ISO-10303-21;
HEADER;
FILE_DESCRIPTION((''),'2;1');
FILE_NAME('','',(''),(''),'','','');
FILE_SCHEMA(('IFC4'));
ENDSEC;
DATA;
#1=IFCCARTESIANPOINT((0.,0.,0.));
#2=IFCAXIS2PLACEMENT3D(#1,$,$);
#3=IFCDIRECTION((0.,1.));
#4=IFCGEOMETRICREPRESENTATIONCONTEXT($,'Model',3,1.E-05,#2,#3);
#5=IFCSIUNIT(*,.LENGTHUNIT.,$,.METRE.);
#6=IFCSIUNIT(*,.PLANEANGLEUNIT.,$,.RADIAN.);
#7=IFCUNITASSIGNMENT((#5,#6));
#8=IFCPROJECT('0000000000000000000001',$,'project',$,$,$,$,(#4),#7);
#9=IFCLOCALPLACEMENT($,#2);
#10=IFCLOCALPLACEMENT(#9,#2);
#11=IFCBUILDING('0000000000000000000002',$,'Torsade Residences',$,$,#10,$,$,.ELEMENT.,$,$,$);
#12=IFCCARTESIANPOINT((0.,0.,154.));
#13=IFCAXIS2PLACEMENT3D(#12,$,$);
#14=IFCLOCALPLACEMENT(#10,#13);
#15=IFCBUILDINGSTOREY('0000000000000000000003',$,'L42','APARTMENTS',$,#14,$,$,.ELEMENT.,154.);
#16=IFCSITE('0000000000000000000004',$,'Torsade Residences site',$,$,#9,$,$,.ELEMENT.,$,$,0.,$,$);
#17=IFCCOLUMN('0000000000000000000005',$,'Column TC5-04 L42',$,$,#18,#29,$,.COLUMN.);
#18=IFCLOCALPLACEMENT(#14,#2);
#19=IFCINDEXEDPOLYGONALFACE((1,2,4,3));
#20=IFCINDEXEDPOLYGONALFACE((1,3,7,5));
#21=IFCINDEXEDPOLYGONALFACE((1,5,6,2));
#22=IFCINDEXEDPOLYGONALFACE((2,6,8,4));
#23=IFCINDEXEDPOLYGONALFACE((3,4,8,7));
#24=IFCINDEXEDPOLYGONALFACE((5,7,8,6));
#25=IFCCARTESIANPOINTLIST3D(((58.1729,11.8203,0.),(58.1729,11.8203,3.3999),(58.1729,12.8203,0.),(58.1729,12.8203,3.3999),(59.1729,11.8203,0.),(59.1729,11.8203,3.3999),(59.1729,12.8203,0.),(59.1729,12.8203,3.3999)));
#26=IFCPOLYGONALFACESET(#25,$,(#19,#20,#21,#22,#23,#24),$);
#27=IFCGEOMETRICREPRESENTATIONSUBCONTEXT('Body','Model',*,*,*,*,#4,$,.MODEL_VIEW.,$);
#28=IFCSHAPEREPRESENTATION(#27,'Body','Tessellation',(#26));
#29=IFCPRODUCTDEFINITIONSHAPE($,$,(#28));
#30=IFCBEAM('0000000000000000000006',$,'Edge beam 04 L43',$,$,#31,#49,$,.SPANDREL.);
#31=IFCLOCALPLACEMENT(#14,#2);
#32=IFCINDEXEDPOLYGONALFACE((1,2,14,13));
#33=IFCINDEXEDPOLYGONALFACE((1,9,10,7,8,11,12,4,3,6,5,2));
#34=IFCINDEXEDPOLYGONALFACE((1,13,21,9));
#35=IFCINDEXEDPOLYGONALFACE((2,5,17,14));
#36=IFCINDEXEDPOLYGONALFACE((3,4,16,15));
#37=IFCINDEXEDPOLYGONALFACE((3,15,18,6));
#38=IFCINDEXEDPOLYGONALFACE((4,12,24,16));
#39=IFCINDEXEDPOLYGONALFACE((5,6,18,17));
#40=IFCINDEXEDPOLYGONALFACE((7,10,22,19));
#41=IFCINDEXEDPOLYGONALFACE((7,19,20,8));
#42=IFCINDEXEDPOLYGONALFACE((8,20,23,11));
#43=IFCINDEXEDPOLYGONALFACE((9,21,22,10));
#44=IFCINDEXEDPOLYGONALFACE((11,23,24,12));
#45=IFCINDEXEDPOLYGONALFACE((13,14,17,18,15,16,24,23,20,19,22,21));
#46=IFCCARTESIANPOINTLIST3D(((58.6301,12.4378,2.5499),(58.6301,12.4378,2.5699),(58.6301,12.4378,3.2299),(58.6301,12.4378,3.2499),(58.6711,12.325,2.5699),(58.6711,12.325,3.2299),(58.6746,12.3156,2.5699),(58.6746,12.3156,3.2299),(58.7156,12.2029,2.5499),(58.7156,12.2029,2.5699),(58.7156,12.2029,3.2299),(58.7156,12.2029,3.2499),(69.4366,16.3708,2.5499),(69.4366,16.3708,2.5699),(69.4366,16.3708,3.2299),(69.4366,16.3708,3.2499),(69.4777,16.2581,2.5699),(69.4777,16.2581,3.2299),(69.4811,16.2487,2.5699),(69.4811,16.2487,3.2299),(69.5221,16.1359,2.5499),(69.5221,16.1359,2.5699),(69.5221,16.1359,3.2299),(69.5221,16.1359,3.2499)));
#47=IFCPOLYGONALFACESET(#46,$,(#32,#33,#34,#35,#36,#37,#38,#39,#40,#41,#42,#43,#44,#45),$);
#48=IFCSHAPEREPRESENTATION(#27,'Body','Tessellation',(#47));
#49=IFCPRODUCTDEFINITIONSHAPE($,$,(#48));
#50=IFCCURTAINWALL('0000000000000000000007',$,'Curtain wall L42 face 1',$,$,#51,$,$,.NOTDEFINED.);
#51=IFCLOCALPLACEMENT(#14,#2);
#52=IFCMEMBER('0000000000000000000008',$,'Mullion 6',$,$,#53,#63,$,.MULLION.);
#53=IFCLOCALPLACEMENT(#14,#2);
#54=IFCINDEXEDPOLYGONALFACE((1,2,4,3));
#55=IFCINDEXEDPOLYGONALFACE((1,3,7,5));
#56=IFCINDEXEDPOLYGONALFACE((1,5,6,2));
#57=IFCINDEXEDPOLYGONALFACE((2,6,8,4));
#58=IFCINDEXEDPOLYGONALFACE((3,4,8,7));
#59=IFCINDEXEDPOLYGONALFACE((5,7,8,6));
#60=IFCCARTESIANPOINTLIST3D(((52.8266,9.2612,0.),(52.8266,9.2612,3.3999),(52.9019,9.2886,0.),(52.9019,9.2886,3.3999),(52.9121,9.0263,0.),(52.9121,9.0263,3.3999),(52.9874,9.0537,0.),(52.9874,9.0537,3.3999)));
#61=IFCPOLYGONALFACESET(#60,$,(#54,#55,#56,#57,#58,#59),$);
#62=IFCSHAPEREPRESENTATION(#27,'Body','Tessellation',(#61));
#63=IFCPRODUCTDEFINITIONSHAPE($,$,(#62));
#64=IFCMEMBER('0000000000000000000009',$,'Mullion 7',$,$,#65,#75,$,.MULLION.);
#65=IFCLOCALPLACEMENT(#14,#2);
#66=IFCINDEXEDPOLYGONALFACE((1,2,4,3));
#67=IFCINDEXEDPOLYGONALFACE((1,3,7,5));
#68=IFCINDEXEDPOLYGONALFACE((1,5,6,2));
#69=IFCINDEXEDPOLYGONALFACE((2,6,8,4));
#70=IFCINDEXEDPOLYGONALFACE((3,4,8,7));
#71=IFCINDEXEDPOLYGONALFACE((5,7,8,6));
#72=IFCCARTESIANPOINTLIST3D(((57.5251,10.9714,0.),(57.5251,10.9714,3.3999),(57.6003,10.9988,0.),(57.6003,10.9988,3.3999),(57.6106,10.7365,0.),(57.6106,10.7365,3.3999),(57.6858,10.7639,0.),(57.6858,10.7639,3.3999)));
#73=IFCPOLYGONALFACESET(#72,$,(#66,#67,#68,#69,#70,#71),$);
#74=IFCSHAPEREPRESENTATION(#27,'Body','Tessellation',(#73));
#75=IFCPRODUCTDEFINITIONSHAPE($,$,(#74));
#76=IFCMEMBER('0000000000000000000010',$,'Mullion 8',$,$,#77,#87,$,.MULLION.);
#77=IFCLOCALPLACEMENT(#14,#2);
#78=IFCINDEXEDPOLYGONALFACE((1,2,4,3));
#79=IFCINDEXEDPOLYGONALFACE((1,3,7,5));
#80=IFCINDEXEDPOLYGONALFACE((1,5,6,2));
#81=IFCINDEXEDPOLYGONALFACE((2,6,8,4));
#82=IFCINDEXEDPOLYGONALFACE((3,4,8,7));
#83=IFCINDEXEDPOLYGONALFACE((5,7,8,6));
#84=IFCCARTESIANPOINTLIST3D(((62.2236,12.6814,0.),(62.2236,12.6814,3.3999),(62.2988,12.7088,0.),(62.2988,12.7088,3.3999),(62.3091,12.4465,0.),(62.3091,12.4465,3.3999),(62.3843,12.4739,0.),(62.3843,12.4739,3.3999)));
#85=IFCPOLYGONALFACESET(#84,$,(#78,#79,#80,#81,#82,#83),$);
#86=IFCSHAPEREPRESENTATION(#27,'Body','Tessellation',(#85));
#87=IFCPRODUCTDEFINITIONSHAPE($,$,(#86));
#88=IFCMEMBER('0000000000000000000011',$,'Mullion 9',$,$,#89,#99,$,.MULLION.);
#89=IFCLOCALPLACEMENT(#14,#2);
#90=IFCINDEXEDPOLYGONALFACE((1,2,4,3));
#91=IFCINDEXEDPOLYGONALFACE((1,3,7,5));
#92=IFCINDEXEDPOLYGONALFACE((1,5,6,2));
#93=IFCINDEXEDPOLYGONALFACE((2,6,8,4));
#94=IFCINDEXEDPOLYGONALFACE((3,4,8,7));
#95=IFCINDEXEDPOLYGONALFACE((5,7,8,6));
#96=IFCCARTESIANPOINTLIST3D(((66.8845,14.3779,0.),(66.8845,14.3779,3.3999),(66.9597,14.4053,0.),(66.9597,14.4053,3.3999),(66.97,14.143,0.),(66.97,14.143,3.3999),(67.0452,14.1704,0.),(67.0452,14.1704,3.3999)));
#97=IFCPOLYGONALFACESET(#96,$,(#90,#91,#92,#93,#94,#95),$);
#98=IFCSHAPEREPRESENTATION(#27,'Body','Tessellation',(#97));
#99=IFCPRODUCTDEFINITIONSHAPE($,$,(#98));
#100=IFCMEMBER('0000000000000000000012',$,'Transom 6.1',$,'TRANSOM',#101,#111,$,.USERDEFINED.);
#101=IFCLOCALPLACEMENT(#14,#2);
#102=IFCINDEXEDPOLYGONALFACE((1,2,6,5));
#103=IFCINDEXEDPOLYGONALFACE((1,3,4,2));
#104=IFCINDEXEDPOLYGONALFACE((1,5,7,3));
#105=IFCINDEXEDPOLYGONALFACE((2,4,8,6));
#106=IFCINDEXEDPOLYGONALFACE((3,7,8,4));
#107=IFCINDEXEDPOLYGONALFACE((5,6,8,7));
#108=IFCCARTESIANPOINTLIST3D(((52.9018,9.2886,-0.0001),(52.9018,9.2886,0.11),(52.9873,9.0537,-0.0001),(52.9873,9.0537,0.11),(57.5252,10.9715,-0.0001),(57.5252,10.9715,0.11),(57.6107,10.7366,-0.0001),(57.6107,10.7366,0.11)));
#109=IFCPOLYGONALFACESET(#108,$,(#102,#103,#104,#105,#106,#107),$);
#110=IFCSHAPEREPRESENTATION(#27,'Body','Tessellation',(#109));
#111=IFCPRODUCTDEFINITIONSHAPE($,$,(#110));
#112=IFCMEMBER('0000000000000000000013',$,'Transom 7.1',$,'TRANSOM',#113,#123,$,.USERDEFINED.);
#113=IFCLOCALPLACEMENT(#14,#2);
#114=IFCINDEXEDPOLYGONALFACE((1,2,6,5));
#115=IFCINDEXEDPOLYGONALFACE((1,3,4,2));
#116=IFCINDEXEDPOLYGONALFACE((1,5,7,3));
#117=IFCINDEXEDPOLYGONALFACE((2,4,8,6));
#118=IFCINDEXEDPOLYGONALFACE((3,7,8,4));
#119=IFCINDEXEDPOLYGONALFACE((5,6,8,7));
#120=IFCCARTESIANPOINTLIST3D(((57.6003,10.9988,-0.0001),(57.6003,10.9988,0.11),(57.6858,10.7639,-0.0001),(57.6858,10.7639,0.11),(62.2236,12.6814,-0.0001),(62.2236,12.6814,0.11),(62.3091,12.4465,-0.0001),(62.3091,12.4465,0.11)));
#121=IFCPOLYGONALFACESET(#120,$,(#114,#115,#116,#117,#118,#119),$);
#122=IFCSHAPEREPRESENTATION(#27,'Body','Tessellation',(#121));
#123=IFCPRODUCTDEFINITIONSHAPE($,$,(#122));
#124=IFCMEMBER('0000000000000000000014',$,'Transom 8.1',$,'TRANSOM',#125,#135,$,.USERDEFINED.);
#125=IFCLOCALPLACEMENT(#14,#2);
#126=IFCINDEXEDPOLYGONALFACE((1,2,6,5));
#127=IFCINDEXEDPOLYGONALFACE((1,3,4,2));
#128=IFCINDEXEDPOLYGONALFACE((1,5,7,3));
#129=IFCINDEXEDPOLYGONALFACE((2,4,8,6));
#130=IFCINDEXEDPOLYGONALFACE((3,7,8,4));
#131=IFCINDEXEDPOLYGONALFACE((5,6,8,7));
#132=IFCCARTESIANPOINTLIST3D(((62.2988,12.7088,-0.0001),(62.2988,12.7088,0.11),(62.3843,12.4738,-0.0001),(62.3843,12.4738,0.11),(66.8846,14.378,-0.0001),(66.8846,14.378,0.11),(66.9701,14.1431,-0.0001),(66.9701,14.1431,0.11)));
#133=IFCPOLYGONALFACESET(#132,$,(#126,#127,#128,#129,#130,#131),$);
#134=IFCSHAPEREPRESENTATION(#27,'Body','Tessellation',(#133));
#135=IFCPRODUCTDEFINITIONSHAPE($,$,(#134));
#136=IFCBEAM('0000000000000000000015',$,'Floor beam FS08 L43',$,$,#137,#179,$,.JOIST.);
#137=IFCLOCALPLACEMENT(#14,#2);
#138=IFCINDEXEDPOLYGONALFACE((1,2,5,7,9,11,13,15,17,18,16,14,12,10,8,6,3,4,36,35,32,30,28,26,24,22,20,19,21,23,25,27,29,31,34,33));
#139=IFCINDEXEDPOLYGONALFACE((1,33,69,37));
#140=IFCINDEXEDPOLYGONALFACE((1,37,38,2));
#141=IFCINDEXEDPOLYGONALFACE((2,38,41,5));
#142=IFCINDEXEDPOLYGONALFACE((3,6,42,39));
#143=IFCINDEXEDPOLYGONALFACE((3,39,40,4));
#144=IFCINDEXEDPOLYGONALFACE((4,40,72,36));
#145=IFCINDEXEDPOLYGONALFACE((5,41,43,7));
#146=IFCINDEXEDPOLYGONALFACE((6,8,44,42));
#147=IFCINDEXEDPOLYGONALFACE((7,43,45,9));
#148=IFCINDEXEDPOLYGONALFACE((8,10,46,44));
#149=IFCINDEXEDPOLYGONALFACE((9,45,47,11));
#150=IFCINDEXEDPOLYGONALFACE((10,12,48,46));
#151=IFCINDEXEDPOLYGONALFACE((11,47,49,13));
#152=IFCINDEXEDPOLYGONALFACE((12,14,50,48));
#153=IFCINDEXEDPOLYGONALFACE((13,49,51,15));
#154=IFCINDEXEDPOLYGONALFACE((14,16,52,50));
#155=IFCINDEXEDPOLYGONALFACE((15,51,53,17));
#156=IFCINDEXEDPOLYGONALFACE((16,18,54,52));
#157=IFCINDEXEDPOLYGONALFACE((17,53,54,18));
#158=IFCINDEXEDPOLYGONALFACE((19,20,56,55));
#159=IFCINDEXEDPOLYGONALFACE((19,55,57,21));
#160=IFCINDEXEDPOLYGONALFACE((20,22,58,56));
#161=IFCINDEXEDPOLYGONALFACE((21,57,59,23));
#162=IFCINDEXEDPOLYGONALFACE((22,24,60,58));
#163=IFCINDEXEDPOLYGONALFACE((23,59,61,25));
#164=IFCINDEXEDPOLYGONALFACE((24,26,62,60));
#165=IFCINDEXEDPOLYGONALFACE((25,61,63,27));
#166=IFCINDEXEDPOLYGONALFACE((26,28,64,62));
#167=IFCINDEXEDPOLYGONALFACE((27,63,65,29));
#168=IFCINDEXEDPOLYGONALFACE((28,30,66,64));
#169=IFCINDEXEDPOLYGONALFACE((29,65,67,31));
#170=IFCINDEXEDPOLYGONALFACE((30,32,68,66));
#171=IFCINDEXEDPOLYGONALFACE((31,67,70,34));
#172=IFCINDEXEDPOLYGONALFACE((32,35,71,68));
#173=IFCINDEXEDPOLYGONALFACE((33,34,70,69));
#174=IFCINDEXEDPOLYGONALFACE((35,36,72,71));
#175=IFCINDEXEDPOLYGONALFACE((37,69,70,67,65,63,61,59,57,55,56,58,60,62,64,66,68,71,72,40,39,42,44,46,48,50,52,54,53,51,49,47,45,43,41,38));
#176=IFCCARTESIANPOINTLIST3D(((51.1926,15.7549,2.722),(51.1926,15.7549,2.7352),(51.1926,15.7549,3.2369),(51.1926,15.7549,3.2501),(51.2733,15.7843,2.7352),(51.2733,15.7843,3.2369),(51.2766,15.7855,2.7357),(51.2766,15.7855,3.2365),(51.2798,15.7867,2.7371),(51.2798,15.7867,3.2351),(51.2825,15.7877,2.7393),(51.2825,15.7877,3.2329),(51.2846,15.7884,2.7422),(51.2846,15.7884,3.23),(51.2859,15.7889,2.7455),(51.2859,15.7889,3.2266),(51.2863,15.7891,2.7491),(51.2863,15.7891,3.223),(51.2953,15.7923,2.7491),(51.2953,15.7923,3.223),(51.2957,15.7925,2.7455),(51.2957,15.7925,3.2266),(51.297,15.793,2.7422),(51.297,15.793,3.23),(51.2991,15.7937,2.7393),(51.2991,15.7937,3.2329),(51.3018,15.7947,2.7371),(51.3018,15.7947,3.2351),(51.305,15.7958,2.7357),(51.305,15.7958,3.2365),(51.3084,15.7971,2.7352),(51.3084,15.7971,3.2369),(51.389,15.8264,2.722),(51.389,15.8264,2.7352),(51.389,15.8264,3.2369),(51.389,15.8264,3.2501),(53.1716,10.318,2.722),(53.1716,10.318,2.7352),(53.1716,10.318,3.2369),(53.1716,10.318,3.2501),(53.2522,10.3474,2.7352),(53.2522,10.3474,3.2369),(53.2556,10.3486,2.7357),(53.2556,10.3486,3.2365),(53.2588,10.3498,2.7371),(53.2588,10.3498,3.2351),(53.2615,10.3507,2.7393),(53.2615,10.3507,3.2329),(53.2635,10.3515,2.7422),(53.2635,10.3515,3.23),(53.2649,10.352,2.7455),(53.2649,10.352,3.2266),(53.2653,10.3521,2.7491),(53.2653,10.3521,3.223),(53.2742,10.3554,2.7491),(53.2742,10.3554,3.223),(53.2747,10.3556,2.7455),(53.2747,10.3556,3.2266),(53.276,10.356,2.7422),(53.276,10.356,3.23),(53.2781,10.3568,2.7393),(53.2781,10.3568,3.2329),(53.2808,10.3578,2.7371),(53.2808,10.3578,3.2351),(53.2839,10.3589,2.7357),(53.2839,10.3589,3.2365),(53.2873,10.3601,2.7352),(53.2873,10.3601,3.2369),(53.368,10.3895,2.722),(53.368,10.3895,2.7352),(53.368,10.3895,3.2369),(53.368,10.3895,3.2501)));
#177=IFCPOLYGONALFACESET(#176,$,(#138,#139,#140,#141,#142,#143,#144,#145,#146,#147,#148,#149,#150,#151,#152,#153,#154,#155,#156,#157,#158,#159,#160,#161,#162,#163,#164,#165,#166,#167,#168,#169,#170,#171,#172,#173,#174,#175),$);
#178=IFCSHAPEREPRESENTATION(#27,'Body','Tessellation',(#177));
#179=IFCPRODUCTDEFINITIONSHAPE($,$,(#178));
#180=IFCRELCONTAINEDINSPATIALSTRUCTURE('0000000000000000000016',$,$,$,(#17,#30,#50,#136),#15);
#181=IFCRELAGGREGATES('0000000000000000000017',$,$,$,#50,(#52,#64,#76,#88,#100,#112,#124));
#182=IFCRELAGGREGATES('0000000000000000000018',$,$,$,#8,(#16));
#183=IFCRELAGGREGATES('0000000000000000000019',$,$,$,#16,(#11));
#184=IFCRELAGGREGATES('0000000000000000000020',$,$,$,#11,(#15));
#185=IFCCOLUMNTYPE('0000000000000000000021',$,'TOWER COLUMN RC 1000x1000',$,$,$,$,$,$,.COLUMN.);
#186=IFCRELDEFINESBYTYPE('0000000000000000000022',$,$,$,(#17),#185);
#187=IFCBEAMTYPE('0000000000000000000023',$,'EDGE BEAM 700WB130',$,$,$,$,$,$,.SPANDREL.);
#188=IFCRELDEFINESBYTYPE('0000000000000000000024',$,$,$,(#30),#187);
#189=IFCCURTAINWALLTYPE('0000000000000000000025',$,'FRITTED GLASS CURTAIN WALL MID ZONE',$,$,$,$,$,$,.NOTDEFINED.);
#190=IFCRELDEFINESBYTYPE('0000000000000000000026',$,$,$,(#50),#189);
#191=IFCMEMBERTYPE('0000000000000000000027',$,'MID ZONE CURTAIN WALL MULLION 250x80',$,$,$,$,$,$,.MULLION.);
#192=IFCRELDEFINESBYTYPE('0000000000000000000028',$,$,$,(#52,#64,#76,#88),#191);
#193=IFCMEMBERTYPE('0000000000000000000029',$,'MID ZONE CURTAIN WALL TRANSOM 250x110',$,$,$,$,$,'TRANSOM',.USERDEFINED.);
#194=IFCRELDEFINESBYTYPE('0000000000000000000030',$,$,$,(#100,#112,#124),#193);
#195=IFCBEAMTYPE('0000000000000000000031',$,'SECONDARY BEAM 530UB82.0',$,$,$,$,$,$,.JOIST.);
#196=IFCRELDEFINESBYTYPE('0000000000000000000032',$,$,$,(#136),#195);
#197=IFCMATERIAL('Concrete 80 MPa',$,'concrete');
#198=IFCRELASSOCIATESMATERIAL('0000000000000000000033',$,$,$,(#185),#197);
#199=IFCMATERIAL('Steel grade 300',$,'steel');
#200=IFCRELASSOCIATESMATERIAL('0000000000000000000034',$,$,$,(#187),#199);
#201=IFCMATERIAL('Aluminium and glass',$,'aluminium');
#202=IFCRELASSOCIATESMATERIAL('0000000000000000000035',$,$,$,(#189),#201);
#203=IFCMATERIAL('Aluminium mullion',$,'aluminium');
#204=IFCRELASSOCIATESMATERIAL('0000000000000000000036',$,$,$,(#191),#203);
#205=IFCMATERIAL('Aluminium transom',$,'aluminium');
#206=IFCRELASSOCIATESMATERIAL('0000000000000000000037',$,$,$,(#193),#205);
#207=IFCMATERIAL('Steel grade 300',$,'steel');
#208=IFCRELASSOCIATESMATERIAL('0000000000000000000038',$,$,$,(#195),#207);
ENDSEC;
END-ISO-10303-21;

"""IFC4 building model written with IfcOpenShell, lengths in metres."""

from ifc_helpers import new_model, si_unit, direction, frame, origin, origin_2d, place, context, subcontext, project, spatial, rectangle, i_section, extrude, material, material_profile, profile_set, type_object, element, aggregate, save


model = new_model("IFC4")

# Units and contexts
model_context = context("Model", 3, precision=1e-05, world=origin(), true_north=direction((0.0, 1.0)))
body_context = subcontext(model_context, "Body", "Model", "MODEL_VIEW")
ifc_project = project(units=[si_unit("LENGTHUNIT", "METRE"), si_unit("PLANEANGLEUNIT", "RADIAN")], contexts=[model_context])

# Site, building, storey
site_placement = place(None, origin())
site = spatial("IfcSite", under=ifc_project, at=site_placement, Name="Torsade Residences site", CompositionType="ELEMENT", RefElevation=0.0)
building_placement = place(site_placement, origin())
building = spatial("IfcBuilding", under=site, at=building_placement, Name="Torsade Residences", CompositionType="ELEMENT")
storey_placement = place(building_placement, frame((0.0, 0.0, 154.0)))
storey = spatial("IfcBuildingStorey", under=building, at=storey_placement, Name="L42", Description="APARTMENTS", CompositionType="ELEMENT", Elevation=154.0)

# Column
ifc_material_1 = material(Name="Concrete 80 MPa", Category="concrete")
ifc_material_profile_1 = material_profile(ifc_material_1, rectangle(XDim=1.0, YDim=1.0, at=origin_2d()), Name="RC 1000x1000")
ifc_profile_set_1 = profile_set([ifc_material_profile_1], Name="Concrete 80 MPa")
column_type = type_object("IfcColumnType", Name="TOWER COLUMN RC 1000x1000", PredefinedType="COLUMN", material=ifc_profile_set_1)
column_placement = place(storey_placement, frame((58.6729, 12.3203, 0.0), z_axis=(0.0, 0.0, 1.0), x_axis=(1.0, 0.0, 0.0)))
element("IfcColumn", 1, at=column_placement, inside=storey, type_object=column_type, Name="Column TC5-04 L42", PredefinedType="COLUMN", context=body_context, shape_type="SweptSolid", body=[
    extrude(rectangle(XDim=1.0, YDim=1.0, at=origin_2d()), origin(), (0.0, 0.0, 1.0), 3.3999),
])

# Beam
ifc_material_2 = material(Name="Steel grade 300", Category="steel")
ifc_material_profile_2 = material_profile(ifc_material_2, i_section(OverallWidth=0.25, OverallDepth=0.7, WebThickness=0.01, FlangeThickness=0.02, at=origin_2d()), Name="700WB130")
ifc_profile_set_2 = profile_set([ifc_material_profile_2], Name="Steel grade 300")
beam_type_1 = type_object("IfcBeamType", Name="EDGE BEAM 700WB130", PredefinedType="SPANDREL", material=ifc_profile_set_2)
beam_1_placement = place(storey_placement, frame((58.6729, 12.3203, 2.8999), z_axis=(0.939698, 0.342006, 0.0), x_axis=(-0.342006, 0.939698, 0.0)))
element("IfcBeam", 2, at=beam_1_placement, inside=storey, type_object=beam_type_1, Name="Edge beam 04 L43", PredefinedType="SPANDREL", context=body_context, shape_type="SweptSolid", body=[
    extrude(i_section(OverallWidth=0.25, OverallDepth=0.7, WebThickness=0.01, FlangeThickness=0.02, at=origin_2d()), origin(), (0.0, 0.0, 1.0), 11.5),
])

# Curtain wall, members
ifc_material_3 = material(Name="Aluminium and glass", Category="aluminium")
curtain_wall_type = type_object("IfcCurtainWallType", Name="FRITTED GLASS CURTAIN WALL MID ZONE", PredefinedType="NOTDEFINED", material=ifc_material_3)
curtain_wall_placement = place(storey_placement, origin())
curtain_wall = element("IfcCurtainWall", 3, at=curtain_wall_placement, inside=storey, type_object=curtain_wall_type, Name="Curtain wall L42 face 1", PredefinedType="NOTDEFINED")
ifc_material_4 = material(Name="Aluminium mullion", Category="aluminium")
ifc_material_profile_3 = material_profile(ifc_material_4, rectangle(XDim=0.25, YDim=0.0801, at=origin_2d()), Name="MID ZONE CURTAIN WALL MULLION 250x80")
ifc_profile_set_3 = profile_set([ifc_material_profile_3], Name="Aluminium mullion")
member_type_1 = type_object("IfcMemberType", Name="MID ZONE CURTAIN WALL MULLION 250x80", PredefinedType="MULLION", material=ifc_profile_set_3)
member_1_placement = place(storey_placement, frame((52.907, 9.1575, 0.0), z_axis=(0.0, 0.0, 1.0), x_axis=(-0.34202, 0.939693, 0.0)))
member_1 = element("IfcMember", 4, at=member_1_placement, type_object=member_type_1, Name="Mullion 6", PredefinedType="MULLION", context=body_context, shape_type="SweptSolid", body=[
    extrude(rectangle(XDim=0.25, YDim=0.0801, at=origin_2d()), origin(), (0.0, 0.0, 1.0), 3.3999),
])
member_2_placement = place(storey_placement, frame((57.6055, 10.8677, 0.0), z_axis=(0.0, 0.0, 1.0), x_axis=(-0.34202, 0.939693, 0.0)))
member_2 = element("IfcMember", 5, at=member_2_placement, type_object=member_type_1, Name="Mullion 7", PredefinedType="MULLION", context=body_context, shape_type="SweptSolid", body=[
    extrude(rectangle(XDim=0.25, YDim=0.0801, at=origin_2d()), origin(), (0.0, 0.0, 1.0), 3.3999),
])
member_3_placement = place(storey_placement, frame((62.304, 12.5776, 0.0), z_axis=(0.0, 0.0, 1.0), x_axis=(-0.34202, 0.939693, 0.0)))
member_3 = element("IfcMember", 6, at=member_3_placement, type_object=member_type_1, Name="Mullion 8", PredefinedType="MULLION", context=body_context, shape_type="SweptSolid", body=[
    extrude(rectangle(XDim=0.25, YDim=0.0801, at=origin_2d()), origin(), (0.0, 0.0, 1.0), 3.3999),
])
member_4_placement = place(storey_placement, frame((66.9648, 14.2742, 0.0), z_axis=(0.0, 0.0, 1.0), x_axis=(-0.34202, 0.939693, 0.0)))
member_4 = element("IfcMember", 7, at=member_4_placement, type_object=member_type_1, Name="Mullion 9", PredefinedType="MULLION", context=body_context, shape_type="SweptSolid", body=[
    extrude(rectangle(XDim=0.25, YDim=0.0801, at=origin_2d()), origin(), (0.0, 0.0, 1.0), 3.3999),
])
ifc_material_5 = material(Name="Aluminium transom", Category="aluminium")
ifc_material_profile_4 = material_profile(ifc_material_5, rectangle(XDim=0.25, YDim=0.1101, at=origin_2d()), Name="MID ZONE CURTAIN WALL TRANSOM 250x110")
ifc_profile_set_4 = profile_set([ifc_material_profile_4], Name="Aluminium transom")
member_type_2 = type_object("IfcMemberType", Name="MID ZONE CURTAIN WALL TRANSOM 250x110", ElementType="TRANSOM", PredefinedType="USERDEFINED", material=ifc_profile_set_4)
member_5_placement = place(storey_placement, frame((52.9446, 9.1711, 0.0549), z_axis=(0.939685, 0.342042, 0.0), x_axis=(-0.342042, 0.939685, 0.0)))
member_5 = element("IfcMember", 8, at=member_5_placement, type_object=member_type_2, Name="Transom 6.1", ObjectType="TRANSOM", PredefinedType="USERDEFINED", context=body_context, shape_type="SweptSolid", body=[
    extrude(rectangle(XDim=0.25, YDim=0.1101, at=origin_2d()), origin(), (0.0, 0.0, 1.0), 4.9202),
])
member_6_placement = place(storey_placement, frame((57.6431, 10.8813, 0.0549), z_axis=(0.939701, 0.341998, 0.0), x_axis=(-0.341998, 0.939701, 0.0)))
member_6 = element("IfcMember", 9, at=member_6_placement, type_object=member_type_2, Name="Transom 7.1", ObjectType="TRANSOM", PredefinedType="USERDEFINED", context=body_context, shape_type="SweptSolid", body=[
    extrude(rectangle(XDim=0.25, YDim=0.1101, at=origin_2d()), origin(), (0.0, 0.0, 1.0), 4.9199),
])
member_7_placement = place(storey_placement, frame((62.3416, 12.5913, 0.0549), z_axis=(0.939684, 0.342044, 0.0), x_axis=(-0.342044, 0.939684, 0.0)))
member_7 = element("IfcMember", 10, at=member_7_placement, type_object=member_type_2, Name="Transom 8.1", ObjectType="TRANSOM", PredefinedType="USERDEFINED", context=body_context, shape_type="SweptSolid", body=[
    extrude(rectangle(XDim=0.25, YDim=0.1101, at=origin_2d()), origin(), (0.0, 0.0, 1.0), 4.8801),
])

# Beam
ifc_material_6 = material(Name="Steel grade 300", Category="steel")
ifc_material_profile_5 = material_profile(ifc_material_6, i_section(OverallWidth=0.209, OverallDepth=0.5281, WebThickness=0.0095, FlangeThickness=0.0132, FilletRadius=0.0139, at=origin_2d()), Name="530UB82.0")
ifc_profile_set_5 = profile_set([ifc_material_profile_5], Name="Steel grade 300")
beam_type_2 = type_object("IfcBeamType", Name="SECONDARY BEAM 530UB82.0", PredefinedType="JOIST", material=ifc_profile_set_5)
beam_2_placement = place(storey_placement, frame((53.2698, 10.3538, 2.9861), z_axis=(-0.342034, 0.939687, 0.0), x_axis=(-0.939687, -0.342034, 0.0)))
element("IfcBeam", 11, at=beam_2_placement, inside=storey, type_object=beam_type_2, Name="Floor beam FS08 L43", PredefinedType="JOIST", context=body_context, shape_type="SweptSolid", body=[
    extrude(i_section(OverallWidth=0.209, OverallDepth=0.5281, WebThickness=0.0095, FlangeThickness=0.0132, FilletRadius=0.0139, at=origin_2d()), origin(), (0.0, 0.0, 1.0), 5.7859),
])

aggregate(curtain_wall, [member_1, member_2, member_3, member_4, member_5, member_6, member_7])

save(model, "model.ifc")
